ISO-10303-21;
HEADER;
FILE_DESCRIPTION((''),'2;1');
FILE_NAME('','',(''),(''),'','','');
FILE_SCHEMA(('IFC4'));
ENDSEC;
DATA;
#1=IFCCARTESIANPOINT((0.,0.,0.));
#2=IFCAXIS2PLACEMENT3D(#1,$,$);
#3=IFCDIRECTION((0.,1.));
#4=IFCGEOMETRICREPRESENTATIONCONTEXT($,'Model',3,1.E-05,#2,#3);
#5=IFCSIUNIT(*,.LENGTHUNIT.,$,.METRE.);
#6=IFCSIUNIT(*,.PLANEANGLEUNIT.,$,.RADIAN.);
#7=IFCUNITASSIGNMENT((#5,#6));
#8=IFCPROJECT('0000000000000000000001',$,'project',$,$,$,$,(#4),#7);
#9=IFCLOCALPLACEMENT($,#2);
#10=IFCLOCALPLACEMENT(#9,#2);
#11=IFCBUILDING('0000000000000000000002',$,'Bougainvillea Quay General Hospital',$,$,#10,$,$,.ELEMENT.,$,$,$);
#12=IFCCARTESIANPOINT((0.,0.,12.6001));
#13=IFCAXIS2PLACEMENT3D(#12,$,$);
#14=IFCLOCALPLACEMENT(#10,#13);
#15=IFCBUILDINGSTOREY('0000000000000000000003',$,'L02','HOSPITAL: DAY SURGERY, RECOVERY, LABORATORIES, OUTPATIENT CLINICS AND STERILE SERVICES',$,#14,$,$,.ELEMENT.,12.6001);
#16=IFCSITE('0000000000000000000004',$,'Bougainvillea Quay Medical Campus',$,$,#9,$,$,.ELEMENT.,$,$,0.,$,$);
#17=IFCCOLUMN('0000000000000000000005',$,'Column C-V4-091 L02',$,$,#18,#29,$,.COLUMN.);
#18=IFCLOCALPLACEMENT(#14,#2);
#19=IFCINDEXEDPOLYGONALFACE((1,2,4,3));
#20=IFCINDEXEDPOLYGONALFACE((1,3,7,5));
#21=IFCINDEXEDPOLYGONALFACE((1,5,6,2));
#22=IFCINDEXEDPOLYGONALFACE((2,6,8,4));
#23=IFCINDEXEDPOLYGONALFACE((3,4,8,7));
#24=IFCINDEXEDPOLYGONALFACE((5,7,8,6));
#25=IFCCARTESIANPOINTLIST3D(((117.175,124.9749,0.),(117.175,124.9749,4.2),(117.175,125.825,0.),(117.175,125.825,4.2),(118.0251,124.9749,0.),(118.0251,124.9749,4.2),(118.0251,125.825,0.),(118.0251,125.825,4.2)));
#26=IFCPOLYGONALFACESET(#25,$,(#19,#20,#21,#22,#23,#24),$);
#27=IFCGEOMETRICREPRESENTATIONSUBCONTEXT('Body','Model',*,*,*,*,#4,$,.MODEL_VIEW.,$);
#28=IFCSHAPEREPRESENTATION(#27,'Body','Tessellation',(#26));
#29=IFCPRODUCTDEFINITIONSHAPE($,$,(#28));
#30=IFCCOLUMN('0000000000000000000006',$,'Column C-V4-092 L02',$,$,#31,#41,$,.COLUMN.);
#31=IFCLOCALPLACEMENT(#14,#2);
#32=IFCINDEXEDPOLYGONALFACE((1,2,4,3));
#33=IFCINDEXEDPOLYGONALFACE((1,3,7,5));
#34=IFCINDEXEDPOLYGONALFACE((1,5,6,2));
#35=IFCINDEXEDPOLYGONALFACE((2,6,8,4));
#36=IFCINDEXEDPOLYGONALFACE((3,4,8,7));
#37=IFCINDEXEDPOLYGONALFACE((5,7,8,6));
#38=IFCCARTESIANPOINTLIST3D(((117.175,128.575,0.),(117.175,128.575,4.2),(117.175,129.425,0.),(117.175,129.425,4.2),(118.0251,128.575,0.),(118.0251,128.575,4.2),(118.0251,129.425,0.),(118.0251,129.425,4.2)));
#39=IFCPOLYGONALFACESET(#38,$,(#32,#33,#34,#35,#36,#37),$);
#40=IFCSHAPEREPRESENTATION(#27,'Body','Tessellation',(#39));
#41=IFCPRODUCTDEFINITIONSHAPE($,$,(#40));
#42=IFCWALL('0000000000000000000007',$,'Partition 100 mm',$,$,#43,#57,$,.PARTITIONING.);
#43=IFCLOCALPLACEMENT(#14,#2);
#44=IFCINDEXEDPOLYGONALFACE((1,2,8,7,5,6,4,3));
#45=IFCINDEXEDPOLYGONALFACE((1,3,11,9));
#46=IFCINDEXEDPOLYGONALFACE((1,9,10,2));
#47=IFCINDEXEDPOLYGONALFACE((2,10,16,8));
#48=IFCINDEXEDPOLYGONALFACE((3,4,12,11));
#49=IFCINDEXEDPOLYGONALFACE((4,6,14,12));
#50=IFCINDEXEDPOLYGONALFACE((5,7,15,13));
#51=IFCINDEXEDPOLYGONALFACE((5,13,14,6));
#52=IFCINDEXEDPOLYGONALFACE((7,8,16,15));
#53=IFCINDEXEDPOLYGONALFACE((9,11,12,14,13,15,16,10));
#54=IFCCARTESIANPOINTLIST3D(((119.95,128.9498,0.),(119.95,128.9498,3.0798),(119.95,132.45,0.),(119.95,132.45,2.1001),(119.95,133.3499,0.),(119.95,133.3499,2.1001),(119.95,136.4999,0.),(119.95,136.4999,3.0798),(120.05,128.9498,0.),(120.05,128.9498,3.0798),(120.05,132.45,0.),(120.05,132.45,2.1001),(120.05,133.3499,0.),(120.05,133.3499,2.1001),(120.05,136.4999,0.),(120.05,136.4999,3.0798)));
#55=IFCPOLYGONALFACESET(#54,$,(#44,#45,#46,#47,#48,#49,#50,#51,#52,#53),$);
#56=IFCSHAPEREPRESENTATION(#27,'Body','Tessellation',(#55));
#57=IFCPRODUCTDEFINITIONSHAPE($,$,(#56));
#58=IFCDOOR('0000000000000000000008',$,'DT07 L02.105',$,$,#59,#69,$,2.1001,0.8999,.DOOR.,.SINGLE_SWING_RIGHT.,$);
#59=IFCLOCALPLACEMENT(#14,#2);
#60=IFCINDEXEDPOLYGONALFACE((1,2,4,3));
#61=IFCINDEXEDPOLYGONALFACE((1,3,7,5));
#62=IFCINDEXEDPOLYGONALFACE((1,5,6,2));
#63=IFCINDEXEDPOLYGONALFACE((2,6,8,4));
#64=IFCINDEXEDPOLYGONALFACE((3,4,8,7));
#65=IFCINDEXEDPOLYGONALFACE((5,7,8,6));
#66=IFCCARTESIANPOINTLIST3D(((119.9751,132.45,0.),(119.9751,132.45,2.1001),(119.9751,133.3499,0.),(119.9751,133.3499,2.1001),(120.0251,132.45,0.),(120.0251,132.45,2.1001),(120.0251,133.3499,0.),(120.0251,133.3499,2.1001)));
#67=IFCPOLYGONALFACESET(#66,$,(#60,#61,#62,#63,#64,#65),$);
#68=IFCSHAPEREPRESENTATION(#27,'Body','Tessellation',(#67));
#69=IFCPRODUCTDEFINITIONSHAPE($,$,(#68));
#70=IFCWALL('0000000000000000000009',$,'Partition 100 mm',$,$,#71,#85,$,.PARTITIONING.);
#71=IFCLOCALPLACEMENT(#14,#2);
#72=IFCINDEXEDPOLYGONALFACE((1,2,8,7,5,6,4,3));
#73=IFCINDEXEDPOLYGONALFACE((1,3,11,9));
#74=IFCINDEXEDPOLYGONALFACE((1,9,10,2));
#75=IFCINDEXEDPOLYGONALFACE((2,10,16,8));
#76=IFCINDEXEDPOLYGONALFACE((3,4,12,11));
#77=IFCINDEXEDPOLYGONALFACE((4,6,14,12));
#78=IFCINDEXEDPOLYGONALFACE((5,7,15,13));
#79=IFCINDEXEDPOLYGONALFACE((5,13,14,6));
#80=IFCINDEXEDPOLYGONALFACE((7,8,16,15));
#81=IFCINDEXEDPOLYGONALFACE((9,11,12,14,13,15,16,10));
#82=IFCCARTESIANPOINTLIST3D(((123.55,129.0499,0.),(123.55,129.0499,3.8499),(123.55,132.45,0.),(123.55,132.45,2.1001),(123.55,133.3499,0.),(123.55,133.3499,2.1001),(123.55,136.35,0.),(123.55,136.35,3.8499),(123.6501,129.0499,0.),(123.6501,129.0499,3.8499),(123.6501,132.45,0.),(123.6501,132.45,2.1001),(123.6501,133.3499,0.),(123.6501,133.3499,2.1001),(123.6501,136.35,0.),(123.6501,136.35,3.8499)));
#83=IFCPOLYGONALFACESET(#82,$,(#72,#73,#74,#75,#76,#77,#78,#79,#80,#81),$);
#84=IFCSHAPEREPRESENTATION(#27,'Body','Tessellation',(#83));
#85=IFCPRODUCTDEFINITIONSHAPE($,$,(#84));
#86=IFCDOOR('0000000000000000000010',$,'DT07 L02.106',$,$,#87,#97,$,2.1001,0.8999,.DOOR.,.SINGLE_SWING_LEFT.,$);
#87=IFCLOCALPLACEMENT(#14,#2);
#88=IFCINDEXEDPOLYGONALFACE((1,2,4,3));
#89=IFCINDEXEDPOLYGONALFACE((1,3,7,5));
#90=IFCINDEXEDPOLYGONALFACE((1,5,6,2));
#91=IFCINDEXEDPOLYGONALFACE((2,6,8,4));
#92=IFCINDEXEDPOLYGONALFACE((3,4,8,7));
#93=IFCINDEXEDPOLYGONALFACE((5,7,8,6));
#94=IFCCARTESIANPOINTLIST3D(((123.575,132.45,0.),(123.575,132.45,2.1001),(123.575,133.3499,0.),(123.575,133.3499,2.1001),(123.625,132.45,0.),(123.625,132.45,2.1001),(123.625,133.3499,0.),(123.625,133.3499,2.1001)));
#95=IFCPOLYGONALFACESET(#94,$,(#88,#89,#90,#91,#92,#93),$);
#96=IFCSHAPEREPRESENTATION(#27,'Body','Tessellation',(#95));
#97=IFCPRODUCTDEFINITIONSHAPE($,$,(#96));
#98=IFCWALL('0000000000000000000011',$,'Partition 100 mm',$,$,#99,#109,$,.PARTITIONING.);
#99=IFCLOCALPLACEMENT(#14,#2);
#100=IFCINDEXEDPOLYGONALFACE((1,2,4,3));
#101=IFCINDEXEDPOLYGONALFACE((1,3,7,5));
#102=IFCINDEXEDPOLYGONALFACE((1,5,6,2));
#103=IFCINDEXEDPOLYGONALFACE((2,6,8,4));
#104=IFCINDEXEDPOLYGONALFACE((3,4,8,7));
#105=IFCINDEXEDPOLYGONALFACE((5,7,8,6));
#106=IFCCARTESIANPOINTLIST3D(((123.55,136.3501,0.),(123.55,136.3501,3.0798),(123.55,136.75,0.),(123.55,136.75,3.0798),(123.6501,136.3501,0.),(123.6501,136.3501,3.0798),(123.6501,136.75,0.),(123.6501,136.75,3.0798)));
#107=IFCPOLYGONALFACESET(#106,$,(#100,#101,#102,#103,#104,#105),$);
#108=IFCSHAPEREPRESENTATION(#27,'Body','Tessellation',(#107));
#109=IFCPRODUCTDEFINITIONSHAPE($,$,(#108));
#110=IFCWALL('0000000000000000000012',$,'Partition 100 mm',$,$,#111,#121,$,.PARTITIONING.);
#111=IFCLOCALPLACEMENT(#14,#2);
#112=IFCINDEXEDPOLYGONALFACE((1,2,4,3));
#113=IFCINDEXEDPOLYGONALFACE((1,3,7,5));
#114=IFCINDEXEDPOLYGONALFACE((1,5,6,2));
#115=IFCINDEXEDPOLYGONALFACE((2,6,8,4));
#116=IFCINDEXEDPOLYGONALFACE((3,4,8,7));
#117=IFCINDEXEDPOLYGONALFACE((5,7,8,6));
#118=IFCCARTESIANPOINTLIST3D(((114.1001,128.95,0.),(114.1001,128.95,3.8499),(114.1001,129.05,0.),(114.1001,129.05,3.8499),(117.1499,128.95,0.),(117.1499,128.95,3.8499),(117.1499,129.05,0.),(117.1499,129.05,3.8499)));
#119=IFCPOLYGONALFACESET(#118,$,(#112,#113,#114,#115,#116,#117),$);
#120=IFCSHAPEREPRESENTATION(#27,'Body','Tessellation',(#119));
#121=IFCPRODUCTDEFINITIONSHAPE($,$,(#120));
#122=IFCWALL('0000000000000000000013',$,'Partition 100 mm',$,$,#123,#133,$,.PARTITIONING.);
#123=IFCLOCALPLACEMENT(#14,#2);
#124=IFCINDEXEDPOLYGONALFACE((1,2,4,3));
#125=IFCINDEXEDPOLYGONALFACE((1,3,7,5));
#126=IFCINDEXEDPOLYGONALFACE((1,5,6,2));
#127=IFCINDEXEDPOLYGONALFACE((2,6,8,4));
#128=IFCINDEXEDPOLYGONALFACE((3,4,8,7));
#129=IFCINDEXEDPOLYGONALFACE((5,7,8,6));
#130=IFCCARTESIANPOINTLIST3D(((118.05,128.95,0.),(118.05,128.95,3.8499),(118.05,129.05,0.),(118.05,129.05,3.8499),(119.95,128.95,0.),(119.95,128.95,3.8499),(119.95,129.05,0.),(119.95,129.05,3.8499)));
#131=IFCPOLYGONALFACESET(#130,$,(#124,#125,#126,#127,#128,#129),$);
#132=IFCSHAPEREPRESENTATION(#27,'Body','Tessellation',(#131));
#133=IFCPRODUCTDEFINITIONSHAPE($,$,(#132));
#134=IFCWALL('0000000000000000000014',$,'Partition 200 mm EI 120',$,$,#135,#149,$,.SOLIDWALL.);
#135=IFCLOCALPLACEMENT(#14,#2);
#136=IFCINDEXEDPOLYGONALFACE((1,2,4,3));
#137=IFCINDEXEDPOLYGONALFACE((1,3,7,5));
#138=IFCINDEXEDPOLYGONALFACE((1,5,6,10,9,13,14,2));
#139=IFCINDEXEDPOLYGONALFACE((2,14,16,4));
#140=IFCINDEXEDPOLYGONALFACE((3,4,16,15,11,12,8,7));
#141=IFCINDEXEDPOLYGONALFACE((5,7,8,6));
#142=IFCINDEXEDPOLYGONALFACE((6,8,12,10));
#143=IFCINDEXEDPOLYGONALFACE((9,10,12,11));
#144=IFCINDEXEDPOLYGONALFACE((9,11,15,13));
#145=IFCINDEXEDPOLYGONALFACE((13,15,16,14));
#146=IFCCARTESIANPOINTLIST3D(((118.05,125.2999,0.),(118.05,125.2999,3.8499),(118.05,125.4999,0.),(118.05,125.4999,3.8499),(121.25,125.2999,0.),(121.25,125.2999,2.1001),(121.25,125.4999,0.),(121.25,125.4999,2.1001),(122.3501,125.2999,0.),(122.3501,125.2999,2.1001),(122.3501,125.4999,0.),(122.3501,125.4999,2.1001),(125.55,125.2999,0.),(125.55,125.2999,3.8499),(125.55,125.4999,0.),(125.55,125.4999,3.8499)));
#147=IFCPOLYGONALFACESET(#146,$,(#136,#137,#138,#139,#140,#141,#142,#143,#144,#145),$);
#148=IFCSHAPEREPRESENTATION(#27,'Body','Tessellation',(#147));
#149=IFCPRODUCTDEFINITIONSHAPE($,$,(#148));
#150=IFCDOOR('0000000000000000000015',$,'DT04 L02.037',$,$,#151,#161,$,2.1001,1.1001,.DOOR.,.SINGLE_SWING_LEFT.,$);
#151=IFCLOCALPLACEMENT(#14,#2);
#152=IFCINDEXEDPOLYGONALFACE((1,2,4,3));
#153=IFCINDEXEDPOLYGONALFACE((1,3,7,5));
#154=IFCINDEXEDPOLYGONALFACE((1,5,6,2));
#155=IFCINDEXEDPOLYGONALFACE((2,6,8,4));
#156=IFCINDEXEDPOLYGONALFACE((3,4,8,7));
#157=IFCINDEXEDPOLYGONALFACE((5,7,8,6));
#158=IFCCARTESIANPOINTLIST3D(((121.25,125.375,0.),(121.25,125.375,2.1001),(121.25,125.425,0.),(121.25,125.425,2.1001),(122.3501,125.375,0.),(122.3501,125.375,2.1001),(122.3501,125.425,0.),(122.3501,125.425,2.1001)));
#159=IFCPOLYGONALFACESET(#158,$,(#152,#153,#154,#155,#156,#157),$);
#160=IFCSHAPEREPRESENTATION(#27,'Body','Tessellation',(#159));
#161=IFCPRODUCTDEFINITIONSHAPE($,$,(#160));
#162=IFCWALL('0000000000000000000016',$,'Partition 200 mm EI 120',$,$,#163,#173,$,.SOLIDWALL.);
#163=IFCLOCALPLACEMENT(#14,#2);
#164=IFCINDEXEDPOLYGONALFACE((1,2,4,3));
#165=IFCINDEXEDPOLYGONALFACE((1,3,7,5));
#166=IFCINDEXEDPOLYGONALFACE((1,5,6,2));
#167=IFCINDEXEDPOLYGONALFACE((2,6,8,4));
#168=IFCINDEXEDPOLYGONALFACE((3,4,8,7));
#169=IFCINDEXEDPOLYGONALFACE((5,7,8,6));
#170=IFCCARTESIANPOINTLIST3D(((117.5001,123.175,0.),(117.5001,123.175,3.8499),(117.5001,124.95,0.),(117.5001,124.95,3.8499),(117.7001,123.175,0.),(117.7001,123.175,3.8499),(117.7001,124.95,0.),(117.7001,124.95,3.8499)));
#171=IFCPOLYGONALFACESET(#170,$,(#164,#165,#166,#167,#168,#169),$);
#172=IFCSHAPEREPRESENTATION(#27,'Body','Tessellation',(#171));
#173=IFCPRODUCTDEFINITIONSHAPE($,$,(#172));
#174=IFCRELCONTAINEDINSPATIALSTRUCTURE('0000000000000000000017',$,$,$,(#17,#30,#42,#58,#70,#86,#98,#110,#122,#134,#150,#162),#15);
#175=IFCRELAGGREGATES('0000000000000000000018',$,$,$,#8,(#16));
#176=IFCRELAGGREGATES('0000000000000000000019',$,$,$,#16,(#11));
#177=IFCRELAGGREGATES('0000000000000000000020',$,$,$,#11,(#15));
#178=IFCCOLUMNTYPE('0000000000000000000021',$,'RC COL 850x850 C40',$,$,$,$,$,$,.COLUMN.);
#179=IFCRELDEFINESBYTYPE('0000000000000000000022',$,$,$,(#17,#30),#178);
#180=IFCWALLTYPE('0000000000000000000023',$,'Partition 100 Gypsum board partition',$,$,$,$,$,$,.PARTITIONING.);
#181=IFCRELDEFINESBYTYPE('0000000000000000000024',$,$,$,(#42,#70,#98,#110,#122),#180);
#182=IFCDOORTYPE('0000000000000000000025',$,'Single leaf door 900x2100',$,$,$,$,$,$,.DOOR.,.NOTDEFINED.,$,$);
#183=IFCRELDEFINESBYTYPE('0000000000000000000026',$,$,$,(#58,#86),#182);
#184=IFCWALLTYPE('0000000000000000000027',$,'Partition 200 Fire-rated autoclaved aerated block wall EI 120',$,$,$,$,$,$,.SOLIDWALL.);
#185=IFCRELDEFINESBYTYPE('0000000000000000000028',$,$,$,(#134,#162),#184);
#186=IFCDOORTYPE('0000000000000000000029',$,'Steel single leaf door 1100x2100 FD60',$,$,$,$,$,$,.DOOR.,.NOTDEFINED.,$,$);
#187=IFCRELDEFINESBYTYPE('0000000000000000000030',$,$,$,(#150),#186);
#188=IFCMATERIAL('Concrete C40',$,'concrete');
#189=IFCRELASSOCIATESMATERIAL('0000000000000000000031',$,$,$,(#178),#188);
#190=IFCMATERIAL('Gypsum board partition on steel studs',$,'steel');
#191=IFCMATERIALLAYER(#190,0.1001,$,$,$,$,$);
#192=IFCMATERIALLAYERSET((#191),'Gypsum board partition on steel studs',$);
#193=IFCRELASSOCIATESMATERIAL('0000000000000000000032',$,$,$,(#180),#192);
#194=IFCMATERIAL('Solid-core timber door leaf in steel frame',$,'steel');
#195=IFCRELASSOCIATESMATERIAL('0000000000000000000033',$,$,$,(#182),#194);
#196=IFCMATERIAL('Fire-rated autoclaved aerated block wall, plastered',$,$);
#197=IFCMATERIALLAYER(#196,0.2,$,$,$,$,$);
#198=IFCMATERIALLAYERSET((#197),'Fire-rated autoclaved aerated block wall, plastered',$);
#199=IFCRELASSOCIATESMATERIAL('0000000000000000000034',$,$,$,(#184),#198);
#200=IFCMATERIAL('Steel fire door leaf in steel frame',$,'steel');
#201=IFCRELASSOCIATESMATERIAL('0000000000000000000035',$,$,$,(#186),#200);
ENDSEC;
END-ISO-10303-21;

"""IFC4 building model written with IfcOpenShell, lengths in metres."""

from ifc_helpers import new_model, si_unit, direction, frame, frame_2d, origin, origin_2d, place, context, subcontext, project, spatial, rectangle, extrude, material, layer, layer_set, material_profile, profile_set, type_object, element, fill, save


model = new_model("IFC4")

# Units and contexts
model_context = context("Model", 3, precision=1e-05, world=origin(), true_north=direction((0.0, 1.0)))
body_context = subcontext(model_context, "Body", "Model", "MODEL_VIEW")
ifc_project = project(units=[si_unit("LENGTHUNIT", "METRE"), si_unit("PLANEANGLEUNIT", "RADIAN")], contexts=[model_context])

# Site, building, storey
site_placement = place(None, origin())
site = spatial("IfcSite", under=ifc_project, at=site_placement, Name="Bougainvillea Quay Medical Campus", CompositionType="ELEMENT", RefElevation=0.0)
building_placement = place(site_placement, origin())
building = spatial("IfcBuilding", under=site, at=building_placement, Name="Bougainvillea Quay General Hospital", CompositionType="ELEMENT")
storey_placement = place(building_placement, frame((0.0, 0.0, 12.6001)))
storey = spatial("IfcBuildingStorey", under=building, at=storey_placement, Name="L02", Description="HOSPITAL: DAY SURGERY, RECOVERY, LABORATORIES, OUTPATIENT CLINICS AND STERILE SERVICES", CompositionType="ELEMENT", Elevation=12.6001)

# Columns
ifc_material_1 = material(Name="Concrete C40", Category="concrete")
ifc_material_profile = material_profile(ifc_material_1, rectangle(XDim=0.8501, YDim=0.8501, at=origin_2d()))
ifc_profile_set = profile_set([ifc_material_profile], Name="Concrete C40")
column_type = type_object("IfcColumnType", Name="RC COL 850x850 C40", PredefinedType="COLUMN", material=ifc_profile_set)
for number, where, z_axis, x_axis, name in (
    (1, (117.6001, 125.3999, 0.0), (0.0, 0.0, 1.0), (1.0, 0.0, 0.0), "Column C-V4-091 L02"),
    (2, (117.6001, 129.0, 0.0), (0.0, 0.0, 1.0), (1.0, 0.0, 0.0), "Column C-V4-092 L02"),
):
    element("IfcColumn", number, at=place(storey_placement, frame(where, z_axis=z_axis, x_axis=x_axis)), inside=storey, type_object=column_type, Name=name, PredefinedType="COLUMN", context=body_context, shape_type="SweptSolid", body=[
        extrude(rectangle(XDim=0.8501, YDim=0.8501, at=origin_2d()), origin(), (0.0, 0.0, 1.0), 4.2),
    ])

# Walls, openings, doors
ifc_material_2 = material(Name="Gypsum board partition on steel studs", Category="steel")
ifc_layer_1 = layer(ifc_material_2, 0.1001)
ifc_layer_set_1 = layer_set([ifc_layer_1], Name="Gypsum board partition on steel studs")
wall_type_1 = type_object("IfcWallType", Name="Partition 100 Gypsum board partition", PredefinedType="PARTITIONING", material=ifc_layer_set_1)
wall_1_placement = place(storey_placement, frame((120.0, 128.95, 0.0), z_axis=(0.0, 0.0, 1.0), x_axis=(0.0, 1.0, 0.0)))
wall_1 = element("IfcWall", 3, at=wall_1_placement, inside=storey, type_object=wall_type_1, Name="Partition 100 mm", PredefinedType="PARTITIONING", context=body_context, shape_type="SweptSolid", body=[
    extrude(rectangle(XDim=7.55, YDim=0.1001, at=frame_2d((3.7749, 0.0))), origin(), (0.0, 0.0, 1.0), 3.0798),
])
opening_1_placement = place(wall_1_placement, frame((3.5, 0.0, 0.0)))
opening_1 = element("IfcOpeningElement", 4, at=opening_1_placement, cuts=wall_1, PredefinedType="OPENING", context=body_context, shape_type="SweptSolid", body=[
    extrude(rectangle(XDim=0.8999, YDim=2.1001, at=frame_2d((0.45, 1.05))), frame((0.0, 0.0601, 0.0), z_axis=(0.0, -1.0, 0.0), x_axis=(1.0, 0.0, 0.0)), (0.0, 0.0, 1.0), 0.1201),
])
ifc_material_3 = material(Name="Solid-core timber door leaf in steel frame", Category="steel")
door_type_1 = type_object("IfcDoorType", Name="Single leaf door 900x2100", OperationType="NOTDEFINED", PredefinedType="DOOR", material=ifc_material_3)
door_1_placement = place(opening_1_placement, origin())
door_1 = element("IfcDoor", 5, at=door_1_placement, inside=storey, type_object=door_type_1, Name="DT07 L02.105", OperationType="SINGLE_SWING_RIGHT", OverallHeight=2.1001, OverallWidth=0.8999, PredefinedType="DOOR", context=body_context, shape_type="SweptSolid", body=[
    extrude(rectangle(XDim=0.8999, YDim=2.1001, at=frame_2d((0.45, 1.05))), frame((0.0, 0.0249, 0.0), z_axis=(0.0, -1.0, 0.0), x_axis=(1.0, 0.0, 0.0)), (0.0, 0.0, 1.0), 0.05),
])
fill(opening_1, door_1)
wall_2_placement = place(storey_placement, frame((123.6001, 129.05, 0.0), z_axis=(0.0, 0.0, 1.0), x_axis=(0.0, 1.0, 0.0)))
wall_2 = element("IfcWall", 6, at=wall_2_placement, inside=storey, type_object=wall_type_1, Name="Partition 100 mm", PredefinedType="PARTITIONING", context=body_context, shape_type="SweptSolid", body=[
    extrude(rectangle(XDim=7.3, YDim=0.1001, at=frame_2d((3.6499, 0.0))), origin(), (0.0, 0.0, 1.0), 3.8499),
])
opening_2_placement = place(wall_2_placement, frame((3.3999, 0.0, 0.0)))
opening_2 = element("IfcOpeningElement", 7, at=opening_2_placement, cuts=wall_2, PredefinedType="OPENING", context=body_context, shape_type="SweptSolid", body=[
    extrude(rectangle(XDim=0.8999, YDim=2.1001, at=frame_2d((0.45, 1.05))), frame((0.0, 0.0601, 0.0), z_axis=(0.0, -1.0, 0.0), x_axis=(1.0, 0.0, 0.0)), (0.0, 0.0, 1.0), 0.1201),
])
door_2_placement = place(opening_2_placement, frame((0.8999, 0.0, 0.0), z_axis=(0.0, 0.0, 1.0), x_axis=(-1.0, 0.0, 0.0)))
door_2 = element("IfcDoor", 8, at=door_2_placement, inside=storey, type_object=door_type_1, Name="DT07 L02.106", OperationType="SINGLE_SWING_LEFT", OverallHeight=2.1001, OverallWidth=0.8999, PredefinedType="DOOR", context=body_context, shape_type="SweptSolid", body=[
    extrude(rectangle(XDim=0.8999, YDim=2.1001, at=frame_2d((0.45, 1.05))), frame((0.0, 0.0249, 0.0), z_axis=(0.0, -1.0, 0.0), x_axis=(1.0, 0.0, 0.0)), (0.0, 0.0, 1.0), 0.05),
])
fill(opening_2, door_2)

# Walls
wall_3_placement = place(storey_placement, frame((123.6001, 136.3501, 0.0), z_axis=(0.0, 0.0, 1.0), x_axis=(0.0, 1.0, 0.0)))
element("IfcWall", 9, at=wall_3_placement, inside=storey, type_object=wall_type_1, Name="Partition 100 mm", PredefinedType="PARTITIONING", context=body_context, shape_type="SweptSolid", body=[
    extrude(rectangle(XDim=0.3999, YDim=0.1001, at=frame_2d((0.2, 0.0))), origin(), (0.0, 0.0, 1.0), 3.0798),
])
wall_4_placement = place(storey_placement, frame((114.1001, 129.0, 0.0), z_axis=(0.0, 0.0, 1.0), x_axis=(1.0, 0.0, 0.0)))
element("IfcWall", 10, at=wall_4_placement, inside=storey, type_object=wall_type_1, Name="Partition 100 mm", PredefinedType="PARTITIONING", context=body_context, shape_type="SweptSolid", body=[
    extrude(rectangle(XDim=3.0498, YDim=0.1001, at=frame_2d((1.5249, 0.0))), origin(), (0.0, 0.0, 1.0), 3.8499),
])
wall_5_placement = place(storey_placement, frame((118.05, 129.0, 0.0), z_axis=(0.0, 0.0, 1.0), x_axis=(1.0, 0.0, 0.0)))
element("IfcWall", 11, at=wall_5_placement, inside=storey, type_object=wall_type_1, Name="Partition 100 mm", PredefinedType="PARTITIONING", context=body_context, shape_type="SweptSolid", body=[
    extrude(rectangle(XDim=1.8999, YDim=0.1001, at=frame_2d((0.95, 0.0))), origin(), (0.0, 0.0, 1.0), 3.8499),
])

# Wall, opening, door
ifc_material_4 = material(Name="Fire-rated autoclaved aerated block wall, plastered")
ifc_layer_2 = layer(ifc_material_4, 0.2)
ifc_layer_set_2 = layer_set([ifc_layer_2], Name="Fire-rated autoclaved aerated block wall, plastered")
wall_type_2 = type_object("IfcWallType", Name="Partition 200 Fire-rated autoclaved aerated block wall EI 120", PredefinedType="SOLIDWALL", material=ifc_layer_set_2)
wall_6_placement = place(storey_placement, frame((118.05, 125.3999, 0.0), z_axis=(0.0, 0.0, 1.0), x_axis=(1.0, 0.0, 0.0)))
wall_6 = element("IfcWall", 12, at=wall_6_placement, inside=storey, type_object=wall_type_2, Name="Partition 200 mm EI 120", PredefinedType="SOLIDWALL", context=body_context, shape_type="SweptSolid", body=[
    extrude(rectangle(XDim=7.5, YDim=0.2, at=frame_2d((3.75, 0.0))), origin(), (0.0, 0.0, 1.0), 3.8499),
])
opening_3_placement = place(wall_6_placement, frame((3.2, 0.0, 0.0)))
opening_3 = element("IfcOpeningElement", 13, at=opening_3_placement, cuts=wall_6, PredefinedType="OPENING", context=body_context, shape_type="SweptSolid", body=[
    extrude(rectangle(XDim=1.1001, YDim=2.1001, at=frame_2d((0.55, 1.05))), frame((0.0, 0.1099, 0.0), z_axis=(0.0, -1.0, 0.0), x_axis=(1.0, 0.0, 0.0)), (0.0, 0.0, 1.0), 0.22),
])
ifc_material_5 = material(Name="Steel fire door leaf in steel frame", Category="steel")
door_type_2 = type_object("IfcDoorType", Name="Steel single leaf door 1100x2100 FD60", OperationType="NOTDEFINED", PredefinedType="DOOR", material=ifc_material_5)
door_3_placement = place(opening_3_placement, frame((1.1001, 0.0, 0.0), z_axis=(0.0, 0.0, 1.0), x_axis=(-1.0, 0.0, 0.0)))
door_3 = element("IfcDoor", 14, at=door_3_placement, inside=storey, type_object=door_type_2, Name="DT04 L02.037", OperationType="SINGLE_SWING_LEFT", OverallHeight=2.1001, OverallWidth=1.1001, PredefinedType="DOOR", context=body_context, shape_type="SweptSolid", body=[
    extrude(rectangle(XDim=1.1001, YDim=2.1001, at=frame_2d((0.55, 1.05))), frame((0.0, 0.0249, 0.0), z_axis=(0.0, -1.0, 0.0), x_axis=(1.0, 0.0, 0.0)), (0.0, 0.0, 1.0), 0.05),
])
fill(opening_3, door_3)

# Wall
wall_7_placement = place(storey_placement, frame((117.6001, 123.175, 0.0), z_axis=(0.0, 0.0, 1.0), x_axis=(0.0, 1.0, 0.0)))
element("IfcWall", 15, at=wall_7_placement, inside=storey, type_object=wall_type_2, Name="Partition 200 mm EI 120", PredefinedType="SOLIDWALL", context=body_context, shape_type="SweptSolid", body=[
    extrude(rectangle(XDim=1.7749, YDim=0.2, at=frame_2d((0.8875, 0.0))), origin(), (0.0, 0.0, 1.0), 3.8499),
])

save(model, "model.ifc")
